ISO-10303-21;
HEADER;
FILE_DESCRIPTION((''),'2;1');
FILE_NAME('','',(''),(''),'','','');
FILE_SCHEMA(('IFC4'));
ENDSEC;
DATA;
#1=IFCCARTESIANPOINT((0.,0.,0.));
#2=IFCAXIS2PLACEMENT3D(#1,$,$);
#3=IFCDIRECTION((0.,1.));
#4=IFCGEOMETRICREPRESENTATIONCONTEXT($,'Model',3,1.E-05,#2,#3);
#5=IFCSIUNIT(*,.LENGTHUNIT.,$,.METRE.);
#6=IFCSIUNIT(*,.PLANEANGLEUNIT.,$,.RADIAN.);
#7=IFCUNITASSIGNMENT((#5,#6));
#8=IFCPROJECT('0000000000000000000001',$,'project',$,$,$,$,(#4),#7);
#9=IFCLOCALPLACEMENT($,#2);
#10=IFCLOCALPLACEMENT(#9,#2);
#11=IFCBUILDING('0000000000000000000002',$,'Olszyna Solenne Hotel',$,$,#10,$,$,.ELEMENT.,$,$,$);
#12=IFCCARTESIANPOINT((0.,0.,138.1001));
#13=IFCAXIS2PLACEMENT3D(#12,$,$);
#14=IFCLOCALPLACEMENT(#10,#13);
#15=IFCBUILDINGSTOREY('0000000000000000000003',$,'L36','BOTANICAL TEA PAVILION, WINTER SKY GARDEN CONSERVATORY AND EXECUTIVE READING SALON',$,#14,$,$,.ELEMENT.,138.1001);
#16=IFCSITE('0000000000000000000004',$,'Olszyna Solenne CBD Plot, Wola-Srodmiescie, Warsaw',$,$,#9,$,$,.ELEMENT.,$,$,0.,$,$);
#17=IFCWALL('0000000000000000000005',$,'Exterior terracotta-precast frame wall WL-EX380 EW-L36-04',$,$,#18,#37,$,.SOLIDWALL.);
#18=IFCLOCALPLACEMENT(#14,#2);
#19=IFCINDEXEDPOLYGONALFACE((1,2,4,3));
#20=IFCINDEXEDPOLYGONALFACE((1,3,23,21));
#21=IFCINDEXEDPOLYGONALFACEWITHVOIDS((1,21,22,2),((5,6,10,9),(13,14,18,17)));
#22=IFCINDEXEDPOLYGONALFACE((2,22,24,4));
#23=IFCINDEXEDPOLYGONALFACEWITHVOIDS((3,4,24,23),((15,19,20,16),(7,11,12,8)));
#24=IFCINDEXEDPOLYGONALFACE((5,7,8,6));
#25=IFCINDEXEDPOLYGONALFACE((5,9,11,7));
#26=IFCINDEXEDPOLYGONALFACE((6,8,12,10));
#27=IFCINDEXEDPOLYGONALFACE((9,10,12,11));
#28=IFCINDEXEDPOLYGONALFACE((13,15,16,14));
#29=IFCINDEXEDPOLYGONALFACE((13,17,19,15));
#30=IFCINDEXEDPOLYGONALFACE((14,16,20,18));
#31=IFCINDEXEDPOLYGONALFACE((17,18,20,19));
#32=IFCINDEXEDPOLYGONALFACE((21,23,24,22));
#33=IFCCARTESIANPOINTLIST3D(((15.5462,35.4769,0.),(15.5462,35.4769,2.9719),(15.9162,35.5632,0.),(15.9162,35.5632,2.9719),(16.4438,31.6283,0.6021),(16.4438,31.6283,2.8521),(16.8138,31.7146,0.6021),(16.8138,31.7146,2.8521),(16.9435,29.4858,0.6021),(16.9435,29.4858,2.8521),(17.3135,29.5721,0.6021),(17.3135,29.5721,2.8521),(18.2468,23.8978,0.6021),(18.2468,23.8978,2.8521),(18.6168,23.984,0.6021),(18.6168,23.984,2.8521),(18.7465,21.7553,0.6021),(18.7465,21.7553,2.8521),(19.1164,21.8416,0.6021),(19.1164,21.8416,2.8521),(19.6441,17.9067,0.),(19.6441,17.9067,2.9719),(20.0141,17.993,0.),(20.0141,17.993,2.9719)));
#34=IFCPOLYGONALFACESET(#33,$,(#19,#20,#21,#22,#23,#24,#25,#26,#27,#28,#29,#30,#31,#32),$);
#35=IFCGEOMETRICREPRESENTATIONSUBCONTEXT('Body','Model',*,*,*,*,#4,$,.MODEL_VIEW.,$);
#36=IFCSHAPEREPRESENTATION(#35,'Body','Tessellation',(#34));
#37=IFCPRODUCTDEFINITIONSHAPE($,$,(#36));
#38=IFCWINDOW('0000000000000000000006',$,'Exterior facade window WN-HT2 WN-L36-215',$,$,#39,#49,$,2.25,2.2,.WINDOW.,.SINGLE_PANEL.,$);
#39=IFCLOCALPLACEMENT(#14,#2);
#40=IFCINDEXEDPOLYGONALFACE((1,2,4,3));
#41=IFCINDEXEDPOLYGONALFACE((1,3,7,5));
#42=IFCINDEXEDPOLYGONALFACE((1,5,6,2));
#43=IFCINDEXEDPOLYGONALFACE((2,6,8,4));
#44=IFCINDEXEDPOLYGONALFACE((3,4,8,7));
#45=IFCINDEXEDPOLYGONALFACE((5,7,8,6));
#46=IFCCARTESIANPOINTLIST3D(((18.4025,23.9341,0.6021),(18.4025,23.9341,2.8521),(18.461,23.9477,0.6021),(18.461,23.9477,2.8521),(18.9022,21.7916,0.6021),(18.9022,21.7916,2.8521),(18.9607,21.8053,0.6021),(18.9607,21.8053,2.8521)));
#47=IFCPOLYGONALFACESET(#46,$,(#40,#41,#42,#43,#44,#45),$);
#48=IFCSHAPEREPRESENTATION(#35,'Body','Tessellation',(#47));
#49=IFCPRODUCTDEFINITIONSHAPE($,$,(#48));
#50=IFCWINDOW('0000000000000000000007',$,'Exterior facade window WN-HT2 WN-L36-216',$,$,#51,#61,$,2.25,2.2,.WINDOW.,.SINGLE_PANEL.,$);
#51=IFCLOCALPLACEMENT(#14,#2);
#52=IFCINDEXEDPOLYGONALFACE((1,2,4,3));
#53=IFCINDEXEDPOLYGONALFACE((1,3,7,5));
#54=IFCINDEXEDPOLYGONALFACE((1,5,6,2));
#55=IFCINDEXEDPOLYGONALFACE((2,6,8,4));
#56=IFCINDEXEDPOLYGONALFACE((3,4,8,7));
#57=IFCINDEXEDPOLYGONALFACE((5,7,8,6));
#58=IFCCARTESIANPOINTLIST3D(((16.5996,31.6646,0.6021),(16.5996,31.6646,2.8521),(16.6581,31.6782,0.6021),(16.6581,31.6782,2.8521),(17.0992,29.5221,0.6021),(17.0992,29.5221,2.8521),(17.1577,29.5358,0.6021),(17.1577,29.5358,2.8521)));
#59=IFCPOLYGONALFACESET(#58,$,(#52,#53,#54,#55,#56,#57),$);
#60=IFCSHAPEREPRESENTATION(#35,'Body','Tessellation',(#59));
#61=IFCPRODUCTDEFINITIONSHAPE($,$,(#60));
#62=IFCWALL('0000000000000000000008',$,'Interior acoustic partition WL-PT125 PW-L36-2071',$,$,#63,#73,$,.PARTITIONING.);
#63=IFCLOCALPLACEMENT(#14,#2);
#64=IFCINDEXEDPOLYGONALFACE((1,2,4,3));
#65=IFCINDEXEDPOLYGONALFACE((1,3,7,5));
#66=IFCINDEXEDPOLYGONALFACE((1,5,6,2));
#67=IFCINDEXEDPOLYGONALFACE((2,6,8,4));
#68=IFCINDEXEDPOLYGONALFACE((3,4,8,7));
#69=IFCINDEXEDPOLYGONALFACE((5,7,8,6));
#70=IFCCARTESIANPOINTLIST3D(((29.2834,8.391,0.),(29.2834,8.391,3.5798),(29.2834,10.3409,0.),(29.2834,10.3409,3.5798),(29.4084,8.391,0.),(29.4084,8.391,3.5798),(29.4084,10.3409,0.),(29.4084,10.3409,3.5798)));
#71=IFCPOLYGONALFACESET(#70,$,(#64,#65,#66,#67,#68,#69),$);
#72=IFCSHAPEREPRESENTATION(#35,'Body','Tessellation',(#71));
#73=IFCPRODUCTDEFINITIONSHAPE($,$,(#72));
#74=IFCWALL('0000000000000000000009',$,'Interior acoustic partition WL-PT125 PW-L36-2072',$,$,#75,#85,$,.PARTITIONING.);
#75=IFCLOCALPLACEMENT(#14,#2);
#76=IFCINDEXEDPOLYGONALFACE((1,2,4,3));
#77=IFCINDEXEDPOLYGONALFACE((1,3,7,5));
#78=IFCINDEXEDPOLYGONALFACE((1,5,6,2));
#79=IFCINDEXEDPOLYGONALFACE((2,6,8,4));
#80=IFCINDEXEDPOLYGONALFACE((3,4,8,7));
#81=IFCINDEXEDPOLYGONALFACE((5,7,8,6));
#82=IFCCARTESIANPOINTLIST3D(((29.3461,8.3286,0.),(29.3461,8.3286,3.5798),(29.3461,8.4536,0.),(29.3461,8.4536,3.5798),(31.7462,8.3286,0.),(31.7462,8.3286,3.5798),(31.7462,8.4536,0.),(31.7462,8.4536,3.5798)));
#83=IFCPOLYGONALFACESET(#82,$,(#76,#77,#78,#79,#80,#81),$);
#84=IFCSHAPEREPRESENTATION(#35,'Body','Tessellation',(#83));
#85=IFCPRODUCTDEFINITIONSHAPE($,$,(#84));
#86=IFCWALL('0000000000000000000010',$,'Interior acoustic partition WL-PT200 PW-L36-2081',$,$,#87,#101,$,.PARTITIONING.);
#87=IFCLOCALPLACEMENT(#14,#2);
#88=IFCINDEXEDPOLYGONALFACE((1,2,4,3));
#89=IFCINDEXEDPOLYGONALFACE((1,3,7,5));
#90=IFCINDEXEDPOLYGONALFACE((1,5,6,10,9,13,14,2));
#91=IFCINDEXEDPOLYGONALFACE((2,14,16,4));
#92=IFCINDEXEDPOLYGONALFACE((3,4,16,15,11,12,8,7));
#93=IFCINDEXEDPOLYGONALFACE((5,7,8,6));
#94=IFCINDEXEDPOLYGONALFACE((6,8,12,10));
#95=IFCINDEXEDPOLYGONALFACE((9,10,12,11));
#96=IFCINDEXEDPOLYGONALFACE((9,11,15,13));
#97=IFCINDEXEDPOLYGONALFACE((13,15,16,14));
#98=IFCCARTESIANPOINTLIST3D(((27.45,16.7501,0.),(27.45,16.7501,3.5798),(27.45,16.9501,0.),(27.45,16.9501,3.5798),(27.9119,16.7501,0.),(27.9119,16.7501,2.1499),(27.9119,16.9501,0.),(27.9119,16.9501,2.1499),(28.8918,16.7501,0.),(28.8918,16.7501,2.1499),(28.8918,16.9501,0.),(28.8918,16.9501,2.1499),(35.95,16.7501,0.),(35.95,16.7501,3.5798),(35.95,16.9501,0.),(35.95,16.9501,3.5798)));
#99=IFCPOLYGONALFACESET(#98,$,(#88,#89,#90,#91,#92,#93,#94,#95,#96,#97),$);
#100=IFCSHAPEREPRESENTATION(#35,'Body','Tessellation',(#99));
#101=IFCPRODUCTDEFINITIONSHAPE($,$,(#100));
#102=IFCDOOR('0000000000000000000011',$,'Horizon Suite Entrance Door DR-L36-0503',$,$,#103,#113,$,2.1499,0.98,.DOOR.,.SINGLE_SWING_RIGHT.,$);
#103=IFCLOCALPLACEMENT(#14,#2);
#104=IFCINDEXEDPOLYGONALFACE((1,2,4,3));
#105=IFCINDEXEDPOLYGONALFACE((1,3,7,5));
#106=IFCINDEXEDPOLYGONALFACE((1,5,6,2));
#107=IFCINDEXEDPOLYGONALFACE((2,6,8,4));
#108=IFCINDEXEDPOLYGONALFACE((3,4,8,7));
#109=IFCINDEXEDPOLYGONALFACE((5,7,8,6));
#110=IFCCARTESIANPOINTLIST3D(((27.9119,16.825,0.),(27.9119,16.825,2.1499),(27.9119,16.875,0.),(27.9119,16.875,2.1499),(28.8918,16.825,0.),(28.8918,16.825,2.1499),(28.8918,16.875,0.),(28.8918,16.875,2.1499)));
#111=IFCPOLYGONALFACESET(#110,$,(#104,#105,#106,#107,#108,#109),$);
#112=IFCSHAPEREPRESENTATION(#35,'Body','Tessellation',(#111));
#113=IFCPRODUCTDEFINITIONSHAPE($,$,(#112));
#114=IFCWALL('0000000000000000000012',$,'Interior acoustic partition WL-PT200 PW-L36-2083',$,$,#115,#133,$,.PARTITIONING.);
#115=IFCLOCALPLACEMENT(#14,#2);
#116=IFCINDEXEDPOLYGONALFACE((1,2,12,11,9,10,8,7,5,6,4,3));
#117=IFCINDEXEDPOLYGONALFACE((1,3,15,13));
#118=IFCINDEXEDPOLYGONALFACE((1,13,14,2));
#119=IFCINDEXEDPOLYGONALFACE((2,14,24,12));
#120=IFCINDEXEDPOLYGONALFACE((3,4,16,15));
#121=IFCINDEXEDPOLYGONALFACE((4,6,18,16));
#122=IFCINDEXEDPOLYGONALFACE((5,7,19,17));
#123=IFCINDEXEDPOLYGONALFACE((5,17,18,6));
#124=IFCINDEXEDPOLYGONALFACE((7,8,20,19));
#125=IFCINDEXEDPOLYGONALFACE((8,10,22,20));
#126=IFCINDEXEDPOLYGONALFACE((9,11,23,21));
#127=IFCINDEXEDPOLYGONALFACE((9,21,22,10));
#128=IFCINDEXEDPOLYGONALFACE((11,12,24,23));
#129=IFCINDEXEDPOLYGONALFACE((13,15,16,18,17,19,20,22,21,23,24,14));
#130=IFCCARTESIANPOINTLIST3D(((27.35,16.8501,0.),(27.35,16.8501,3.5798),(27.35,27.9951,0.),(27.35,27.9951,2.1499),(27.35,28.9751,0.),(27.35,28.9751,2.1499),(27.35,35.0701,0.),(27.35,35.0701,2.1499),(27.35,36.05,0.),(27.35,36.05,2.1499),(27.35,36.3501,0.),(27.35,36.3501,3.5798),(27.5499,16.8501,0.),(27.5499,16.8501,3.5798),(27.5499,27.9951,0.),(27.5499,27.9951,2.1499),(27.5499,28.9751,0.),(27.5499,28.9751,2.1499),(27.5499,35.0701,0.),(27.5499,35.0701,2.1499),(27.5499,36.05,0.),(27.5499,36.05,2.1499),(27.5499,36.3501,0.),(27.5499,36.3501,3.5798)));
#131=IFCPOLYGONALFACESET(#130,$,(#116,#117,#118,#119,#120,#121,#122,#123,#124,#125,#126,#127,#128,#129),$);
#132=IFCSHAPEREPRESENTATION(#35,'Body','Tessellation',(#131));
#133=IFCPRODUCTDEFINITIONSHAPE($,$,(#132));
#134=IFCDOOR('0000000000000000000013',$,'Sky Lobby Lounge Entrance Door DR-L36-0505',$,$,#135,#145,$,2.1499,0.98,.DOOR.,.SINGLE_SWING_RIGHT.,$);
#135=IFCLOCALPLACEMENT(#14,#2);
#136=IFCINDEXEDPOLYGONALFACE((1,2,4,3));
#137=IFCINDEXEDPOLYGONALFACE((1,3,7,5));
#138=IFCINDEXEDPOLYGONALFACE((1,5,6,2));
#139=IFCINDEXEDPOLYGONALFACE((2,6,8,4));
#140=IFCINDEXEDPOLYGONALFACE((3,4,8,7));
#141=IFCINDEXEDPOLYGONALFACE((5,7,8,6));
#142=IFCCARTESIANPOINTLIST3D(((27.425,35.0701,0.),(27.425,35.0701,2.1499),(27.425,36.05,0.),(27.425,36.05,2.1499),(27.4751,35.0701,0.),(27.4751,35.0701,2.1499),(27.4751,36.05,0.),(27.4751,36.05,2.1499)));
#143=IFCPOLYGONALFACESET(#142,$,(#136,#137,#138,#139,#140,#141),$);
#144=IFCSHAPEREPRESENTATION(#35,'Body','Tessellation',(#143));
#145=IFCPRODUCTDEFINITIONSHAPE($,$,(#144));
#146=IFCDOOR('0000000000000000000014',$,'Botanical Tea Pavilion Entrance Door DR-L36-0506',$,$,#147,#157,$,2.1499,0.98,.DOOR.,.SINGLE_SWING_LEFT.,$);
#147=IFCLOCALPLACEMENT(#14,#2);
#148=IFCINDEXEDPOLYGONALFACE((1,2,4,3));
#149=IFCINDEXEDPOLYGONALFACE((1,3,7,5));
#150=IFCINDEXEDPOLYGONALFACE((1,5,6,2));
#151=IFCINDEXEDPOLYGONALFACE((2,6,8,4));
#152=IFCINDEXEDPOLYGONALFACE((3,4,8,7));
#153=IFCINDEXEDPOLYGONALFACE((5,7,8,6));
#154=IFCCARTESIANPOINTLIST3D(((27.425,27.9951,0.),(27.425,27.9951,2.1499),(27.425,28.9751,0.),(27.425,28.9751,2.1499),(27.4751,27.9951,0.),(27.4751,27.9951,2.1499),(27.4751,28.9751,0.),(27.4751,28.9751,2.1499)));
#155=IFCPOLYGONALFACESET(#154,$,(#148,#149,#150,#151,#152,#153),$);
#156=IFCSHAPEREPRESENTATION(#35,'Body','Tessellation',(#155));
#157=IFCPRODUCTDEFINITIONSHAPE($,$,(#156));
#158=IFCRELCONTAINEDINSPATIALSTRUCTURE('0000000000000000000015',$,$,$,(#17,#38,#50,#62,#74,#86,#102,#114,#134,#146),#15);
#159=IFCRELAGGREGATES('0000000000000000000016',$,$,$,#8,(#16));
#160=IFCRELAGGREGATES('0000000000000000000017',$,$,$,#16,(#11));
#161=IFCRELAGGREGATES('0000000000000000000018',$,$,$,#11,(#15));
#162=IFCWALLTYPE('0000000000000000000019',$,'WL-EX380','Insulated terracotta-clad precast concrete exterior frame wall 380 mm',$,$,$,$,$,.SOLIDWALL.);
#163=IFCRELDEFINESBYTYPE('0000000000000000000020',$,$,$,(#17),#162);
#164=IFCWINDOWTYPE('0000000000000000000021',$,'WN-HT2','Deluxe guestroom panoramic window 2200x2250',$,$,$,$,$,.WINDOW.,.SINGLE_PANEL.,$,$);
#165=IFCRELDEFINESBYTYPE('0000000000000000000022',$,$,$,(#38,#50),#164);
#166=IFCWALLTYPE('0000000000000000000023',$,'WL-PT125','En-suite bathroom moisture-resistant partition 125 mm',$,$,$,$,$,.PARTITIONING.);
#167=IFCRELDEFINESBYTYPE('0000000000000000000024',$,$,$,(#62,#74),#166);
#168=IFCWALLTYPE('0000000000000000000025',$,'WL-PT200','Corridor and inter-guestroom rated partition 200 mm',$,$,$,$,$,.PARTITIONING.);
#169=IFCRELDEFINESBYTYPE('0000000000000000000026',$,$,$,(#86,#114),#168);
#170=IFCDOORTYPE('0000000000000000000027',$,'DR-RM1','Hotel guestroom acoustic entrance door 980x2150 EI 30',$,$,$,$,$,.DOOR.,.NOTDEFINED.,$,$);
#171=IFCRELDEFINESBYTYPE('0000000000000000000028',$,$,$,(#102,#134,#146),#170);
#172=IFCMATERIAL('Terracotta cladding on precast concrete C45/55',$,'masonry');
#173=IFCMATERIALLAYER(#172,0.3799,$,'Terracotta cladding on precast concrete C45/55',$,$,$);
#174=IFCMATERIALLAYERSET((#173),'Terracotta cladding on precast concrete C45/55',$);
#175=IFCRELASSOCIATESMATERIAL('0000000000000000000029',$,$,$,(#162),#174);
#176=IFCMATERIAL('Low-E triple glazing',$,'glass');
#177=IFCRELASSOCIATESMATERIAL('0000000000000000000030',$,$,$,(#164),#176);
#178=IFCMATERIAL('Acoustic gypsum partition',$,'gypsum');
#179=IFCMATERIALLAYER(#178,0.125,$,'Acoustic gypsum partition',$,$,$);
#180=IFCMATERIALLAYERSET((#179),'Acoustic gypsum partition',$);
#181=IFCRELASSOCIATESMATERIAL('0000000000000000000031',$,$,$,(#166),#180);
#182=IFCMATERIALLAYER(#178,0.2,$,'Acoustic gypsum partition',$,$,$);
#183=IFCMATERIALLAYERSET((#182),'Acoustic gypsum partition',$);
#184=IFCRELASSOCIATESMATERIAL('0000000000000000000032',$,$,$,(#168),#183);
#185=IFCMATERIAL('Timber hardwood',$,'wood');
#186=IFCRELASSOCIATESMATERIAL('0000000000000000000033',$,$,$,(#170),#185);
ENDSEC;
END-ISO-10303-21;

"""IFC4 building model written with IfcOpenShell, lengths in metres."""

from ifc_helpers import new_model, si_unit, direction, frame, frame_2d, origin, place, context, subcontext, project, spatial, rectangle, extrude, source, transform, mapped, material, layer, layer_set, type_object, type_shapes, element, fill, save


model = new_model("IFC4")

# Units and contexts
model_context = context("Model", 3, precision=1e-05, world=origin(), true_north=direction((0.0, 1.0)))
body_context = subcontext(model_context, "Body", "Model", "MODEL_VIEW")
ifc_project = project(units=[si_unit("LENGTHUNIT", "METRE"), si_unit("PLANEANGLEUNIT", "RADIAN")], contexts=[model_context])

# Site, building, storey
site_placement = place(None, origin())
site = spatial("IfcSite", under=ifc_project, at=site_placement, Name="Olszyna Solenne CBD Plot, Wola-Srodmiescie, Warsaw", CompositionType="ELEMENT", RefElevation=0.0)
building_placement = place(site_placement, origin())
building = spatial("IfcBuilding", under=site, at=building_placement, Name="Olszyna Solenne Hotel", CompositionType="ELEMENT")
storey_placement = place(building_placement, frame((0.0, 0.0, 138.1001)))
storey = spatial("IfcBuildingStorey", under=building, at=storey_placement, Name="L36", Description="BOTANICAL TEA PAVILION, WINTER SKY GARDEN CONSERVATORY AND EXECUTIVE READING SALON", CompositionType="ELEMENT", Elevation=138.1001)

# Shared definitions
ifc_material_1 = material(Name="Timber hardwood", Category="wood")

# Wall, openings, windows
ifc_material_2 = material(Name="Terracotta cladding on precast concrete C45/55", Category="masonry")
ifc_layer_1 = layer(ifc_material_2, 0.3799, Name="Terracotta cladding on precast concrete C45/55")
ifc_layer_set_1 = layer_set([ifc_layer_1], Name="Terracotta cladding on precast concrete C45/55")
wall_type_1 = type_object("IfcWallType", Name="WL-EX380", Description="Insulated terracotta-clad precast concrete exterior frame wall 380 mm", PredefinedType="SOLIDWALL", material=ifc_layer_set_1)
wall_1_placement = place(storey_placement, frame((19.8291, 17.9497, 0.0), z_axis=(0.0, 0.0, 1.0), x_axis=(-0.227133, 0.973864, 0.0)))
wall_1 = element("IfcWall", 1, at=wall_1_placement, inside=storey, type_object=wall_type_1, Name="Exterior terracotta-precast frame wall WL-EX380 EW-L36-04", PredefinedType="SOLIDWALL", context=body_context, shape_type="SweptSolid", body=[
    extrude(rectangle(XDim=18.0417, YDim=0.3799, at=frame_2d((9.021, 0.0))), origin(), (0.0, 0.0, 1.0), 2.9719),
])
opening_1_placement = place(wall_1_placement, frame((3.9519, 0.0, 0.6021)))
opening_1 = element("IfcOpeningElement", 2, at=opening_1_placement, cuts=wall_1, PredefinedType="OPENING", context=body_context, shape_type="SweptSolid", body=[
    extrude(rectangle(XDim=2.2, YDim=2.25, at=frame_2d((1.1001, 1.125))), frame((0.0, 0.2, 0.0), z_axis=(0.0, -1.0, 0.0), x_axis=(1.0, 0.0, 0.0)), (0.0, 0.0, 1.0), 0.3999),
])
opening_2_placement = place(wall_1_placement, frame((11.8899, 0.0, 0.6021)))
opening_2 = element("IfcOpeningElement", 3, at=opening_2_placement, cuts=wall_1, PredefinedType="OPENING", context=body_context, shape_type="SweptSolid", body=[
    extrude(rectangle(XDim=2.2, YDim=2.25, at=frame_2d((1.1001, 1.125))), frame((0.0, 0.2, 0.0), z_axis=(0.0, -1.0, 0.0), x_axis=(1.0, 0.0, 0.0)), (0.0, 0.0, 1.0), 0.3999),
])
ifc_material_3 = material(Name="Low-E triple glazing", Category="glass")
window_type = type_object("IfcWindowType", Name="WN-HT2", Description="Deluxe guestroom panoramic window 2200x2250", PartitioningType="SINGLE_PANEL", PredefinedType="WINDOW", material=ifc_material_3)
shared_shape_1 = source(origin(), body_context, "Body", "SweptSolid", [
    extrude(rectangle(XDim=2.2, YDim=2.25, at=frame_2d((1.1001, 1.125))), frame((0.0, 0.03, 0.0), z_axis=(0.0, -1.0, 0.0), x_axis=(1.0, 0.0, 0.0)), (0.0, 0.0, 1.0), 0.0601),
])
type_shapes(window_type, [shared_shape_1])
window_1_placement = place(opening_1_placement, origin())
window_1 = element("IfcWindow", 4, at=window_1_placement, inside=storey, type_object=window_type, Name="Exterior facade window WN-HT2 WN-L36-215", OverallHeight=2.25, OverallWidth=2.2, PartitioningType="SINGLE_PANEL", PredefinedType="WINDOW", context=body_context, shape_type="MappedRepresentation", body=[
    mapped(shared_shape_1, transform((0.0, 0.0, 0.0), x_axis=(1.0, 0.0, 0.0), y_axis=(0.0, 1.0, 0.0), z_axis=(0.0, 0.0, 1.0), scale=1.0)),
])
fill(opening_1, window_1)
window_2_placement = place(opening_2_placement, origin())
window_2 = element("IfcWindow", 5, at=window_2_placement, inside=storey, type_object=window_type, Name="Exterior facade window WN-HT2 WN-L36-216", OverallHeight=2.25, OverallWidth=2.2, PartitioningType="SINGLE_PANEL", PredefinedType="WINDOW", context=body_context, shape_type="MappedRepresentation", body=[
    mapped(shared_shape_1, transform((0.0, 0.0, 0.0), x_axis=(1.0, 0.0, 0.0), y_axis=(0.0, 1.0, 0.0), z_axis=(0.0, 0.0, 1.0), scale=1.0)),
])
fill(opening_2, window_2)

# Walls
ifc_material_4 = material(Name="Acoustic gypsum partition", Category="gypsum")
ifc_layer_2 = layer(ifc_material_4, 0.125, Name="Acoustic gypsum partition")
ifc_layer_set_2 = layer_set([ifc_layer_2], Name="Acoustic gypsum partition")
wall_type_2 = type_object("IfcWallType", Name="WL-PT125", Description="En-suite bathroom moisture-resistant partition 125 mm", PredefinedType="PARTITIONING", material=ifc_layer_set_2)
wall_2_placement = place(storey_placement, frame((29.3459, 10.3411, 0.0), z_axis=(0.0, 0.0, 1.0), x_axis=(0.0, -1.0, 0.0)))
element("IfcWall", 6, at=wall_2_placement, inside=storey, type_object=wall_type_2, Name="Interior acoustic partition WL-PT125 PW-L36-2071", PredefinedType="PARTITIONING", context=body_context, shape_type="SweptSolid", body=[
    extrude(rectangle(XDim=1.95, YDim=0.125, at=frame_2d((0.9751, 0.0))), origin(), (0.0, 0.0, 1.0), 3.5798),
])
wall_3_placement = place(storey_placement, frame((29.3459, 8.3911, 0.0), z_axis=(0.0, 0.0, 1.0), x_axis=(1.0, 0.0, 0.0)))
element("IfcWall", 7, at=wall_3_placement, inside=storey, type_object=wall_type_2, Name="Interior acoustic partition WL-PT125 PW-L36-2072", PredefinedType="PARTITIONING", context=body_context, shape_type="SweptSolid", body=[
    extrude(rectangle(XDim=2.4001, YDim=0.125, at=frame_2d((1.2002, 0.0))), origin(), (0.0, 0.0, 1.0), 3.5798),
])

# Wall, opening, door
ifc_layer_3 = layer(ifc_material_4, 0.2, Name="Acoustic gypsum partition")
ifc_layer_set_3 = layer_set([ifc_layer_3], Name="Acoustic gypsum partition")
wall_type_3 = type_object("IfcWallType", Name="WL-PT200", Description="Corridor and inter-guestroom rated partition 200 mm", PredefinedType="PARTITIONING", material=ifc_layer_set_3)
wall_4_placement = place(storey_placement, frame((27.45, 16.8501, 0.0), z_axis=(0.0, 0.0, 1.0), x_axis=(1.0, 0.0, 0.0)))
wall_4 = element("IfcWall", 8, at=wall_4_placement, inside=storey, type_object=wall_type_3, Name="Interior acoustic partition WL-PT200 PW-L36-2081", PredefinedType="PARTITIONING", context=body_context, shape_type="SweptSolid", body=[
    extrude(rectangle(XDim=8.5, YDim=0.2, at=frame_2d((4.25, 0.0))), origin(), (0.0, 0.0, 1.0), 3.5798),
])
opening_3_placement = place(wall_4_placement, frame((0.4619, 0.0, 0.0)))
opening_3 = element("IfcOpeningElement", 9, at=opening_3_placement, cuts=wall_4, PredefinedType="OPENING", context=body_context, shape_type="SweptSolid", body=[
    extrude(rectangle(XDim=0.98, YDim=2.1499, at=frame_2d((0.49, 1.075))), frame((0.0, 0.1099, 0.0), z_axis=(0.0, -1.0, 0.0), x_axis=(1.0, 0.0, 0.0)), (0.0, 0.0, 1.0), 0.22),
])
door_type_1 = type_object("IfcDoorType", Name="DR-RM1", Description="Hotel guestroom acoustic entrance door 980x2150 EI 30", OperationType="NOTDEFINED", PredefinedType="DOOR", material=ifc_material_1)
shared_shape_2 = source(origin(), body_context, "Body", "SweptSolid", [
    extrude(rectangle(XDim=0.98, YDim=2.1499, at=frame_2d((0.49, 1.075))), frame((0.0, 0.0249, 0.0), z_axis=(0.0, -1.0, 0.0), x_axis=(1.0, 0.0, 0.0)), (0.0, 0.0, 1.0), 0.05),
])
type_shapes(door_type_1, [shared_shape_2])
door_1_placement = place(opening_3_placement, origin())
door_1 = element("IfcDoor", 10, at=door_1_placement, inside=storey, type_object=door_type_1, Name="Horizon Suite Entrance Door DR-L36-0503", OperationType="SINGLE_SWING_RIGHT", OverallHeight=2.1499, OverallWidth=0.98, PredefinedType="DOOR", context=body_context, shape_type="MappedRepresentation", body=[
    mapped(shared_shape_2, transform((0.0, 0.0, 0.0), x_axis=(1.0, 0.0, 0.0), y_axis=(0.0, 1.0, 0.0), z_axis=(0.0, 0.0, 1.0), scale=1.0)),
])
fill(opening_3, door_1)

# Wall, openings, doors
wall_5_placement = place(storey_placement, frame((27.45, 16.8501, 0.0), z_axis=(0.0, 0.0, 1.0), x_axis=(0.0, 1.0, 0.0)))
wall_5 = element("IfcWall", 11, at=wall_5_placement, inside=storey, type_object=wall_type_3, Name="Interior acoustic partition WL-PT200 PW-L36-2083", PredefinedType="PARTITIONING", context=body_context, shape_type="SweptSolid", body=[
    extrude(rectangle(XDim=19.5, YDim=0.2, at=frame_2d((9.75, 0.0))), origin(), (0.0, 0.0, 1.0), 3.5798),
])
opening_4_placement = place(wall_5_placement, frame((18.22, 0.0, 0.0)))
opening_4 = element("IfcOpeningElement", 12, at=opening_4_placement, cuts=wall_5, PredefinedType="OPENING", context=body_context, shape_type="SweptSolid", body=[
    extrude(rectangle(XDim=0.98, YDim=2.1499, at=frame_2d((0.49, 1.075))), frame((0.0, 0.1099, 0.0), z_axis=(0.0, -1.0, 0.0), x_axis=(1.0, 0.0, 0.0)), (0.0, 0.0, 1.0), 0.22),
])
opening_5_placement = place(wall_5_placement, frame((11.145, 0.0, 0.0)))
opening_5 = element("IfcOpeningElement", 13, at=opening_5_placement, cuts=wall_5, PredefinedType="OPENING", context=body_context, shape_type="SweptSolid", body=[
    extrude(rectangle(XDim=0.98, YDim=2.1499, at=frame_2d((0.49, 1.075))), frame((0.0, 0.1099, 0.0), z_axis=(0.0, -1.0, 0.0), x_axis=(1.0, 0.0, 0.0)), (0.0, 0.0, 1.0), 0.22),
])
door_2_placement = place(opening_4_placement, origin())
door_2 = element("IfcDoor", 14, at=door_2_placement, inside=storey, type_object=door_type_1, Name="Sky Lobby Lounge Entrance Door DR-L36-0505", OperationType="SINGLE_SWING_RIGHT", OverallHeight=2.1499, OverallWidth=0.98, PredefinedType="DOOR", context=body_context, shape_type="MappedRepresentation", body=[
    mapped(shared_shape_2, transform((0.0, 0.0, 0.0), x_axis=(1.0, 0.0, 0.0), y_axis=(0.0, 1.0, 0.0), z_axis=(0.0, 0.0, 1.0), scale=1.0)),
])
fill(opening_4, door_2)
door_3_placement = place(opening_5_placement, origin())
door_3 = element("IfcDoor", 15, at=door_3_placement, inside=storey, type_object=door_type_1, Name="Botanical Tea Pavilion Entrance Door DR-L36-0506", OperationType="SINGLE_SWING_LEFT", OverallHeight=2.1499, OverallWidth=0.98, PredefinedType="DOOR", context=body_context, shape_type="MappedRepresentation", body=[
    mapped(shared_shape_2, transform((0.0, 0.0, 0.0), x_axis=(1.0, 0.0, 0.0), y_axis=(0.0, 1.0, 0.0), z_axis=(0.0, 0.0, 1.0), scale=1.0)),
])
fill(opening_5, door_3)

save(model, "model.ifc")
